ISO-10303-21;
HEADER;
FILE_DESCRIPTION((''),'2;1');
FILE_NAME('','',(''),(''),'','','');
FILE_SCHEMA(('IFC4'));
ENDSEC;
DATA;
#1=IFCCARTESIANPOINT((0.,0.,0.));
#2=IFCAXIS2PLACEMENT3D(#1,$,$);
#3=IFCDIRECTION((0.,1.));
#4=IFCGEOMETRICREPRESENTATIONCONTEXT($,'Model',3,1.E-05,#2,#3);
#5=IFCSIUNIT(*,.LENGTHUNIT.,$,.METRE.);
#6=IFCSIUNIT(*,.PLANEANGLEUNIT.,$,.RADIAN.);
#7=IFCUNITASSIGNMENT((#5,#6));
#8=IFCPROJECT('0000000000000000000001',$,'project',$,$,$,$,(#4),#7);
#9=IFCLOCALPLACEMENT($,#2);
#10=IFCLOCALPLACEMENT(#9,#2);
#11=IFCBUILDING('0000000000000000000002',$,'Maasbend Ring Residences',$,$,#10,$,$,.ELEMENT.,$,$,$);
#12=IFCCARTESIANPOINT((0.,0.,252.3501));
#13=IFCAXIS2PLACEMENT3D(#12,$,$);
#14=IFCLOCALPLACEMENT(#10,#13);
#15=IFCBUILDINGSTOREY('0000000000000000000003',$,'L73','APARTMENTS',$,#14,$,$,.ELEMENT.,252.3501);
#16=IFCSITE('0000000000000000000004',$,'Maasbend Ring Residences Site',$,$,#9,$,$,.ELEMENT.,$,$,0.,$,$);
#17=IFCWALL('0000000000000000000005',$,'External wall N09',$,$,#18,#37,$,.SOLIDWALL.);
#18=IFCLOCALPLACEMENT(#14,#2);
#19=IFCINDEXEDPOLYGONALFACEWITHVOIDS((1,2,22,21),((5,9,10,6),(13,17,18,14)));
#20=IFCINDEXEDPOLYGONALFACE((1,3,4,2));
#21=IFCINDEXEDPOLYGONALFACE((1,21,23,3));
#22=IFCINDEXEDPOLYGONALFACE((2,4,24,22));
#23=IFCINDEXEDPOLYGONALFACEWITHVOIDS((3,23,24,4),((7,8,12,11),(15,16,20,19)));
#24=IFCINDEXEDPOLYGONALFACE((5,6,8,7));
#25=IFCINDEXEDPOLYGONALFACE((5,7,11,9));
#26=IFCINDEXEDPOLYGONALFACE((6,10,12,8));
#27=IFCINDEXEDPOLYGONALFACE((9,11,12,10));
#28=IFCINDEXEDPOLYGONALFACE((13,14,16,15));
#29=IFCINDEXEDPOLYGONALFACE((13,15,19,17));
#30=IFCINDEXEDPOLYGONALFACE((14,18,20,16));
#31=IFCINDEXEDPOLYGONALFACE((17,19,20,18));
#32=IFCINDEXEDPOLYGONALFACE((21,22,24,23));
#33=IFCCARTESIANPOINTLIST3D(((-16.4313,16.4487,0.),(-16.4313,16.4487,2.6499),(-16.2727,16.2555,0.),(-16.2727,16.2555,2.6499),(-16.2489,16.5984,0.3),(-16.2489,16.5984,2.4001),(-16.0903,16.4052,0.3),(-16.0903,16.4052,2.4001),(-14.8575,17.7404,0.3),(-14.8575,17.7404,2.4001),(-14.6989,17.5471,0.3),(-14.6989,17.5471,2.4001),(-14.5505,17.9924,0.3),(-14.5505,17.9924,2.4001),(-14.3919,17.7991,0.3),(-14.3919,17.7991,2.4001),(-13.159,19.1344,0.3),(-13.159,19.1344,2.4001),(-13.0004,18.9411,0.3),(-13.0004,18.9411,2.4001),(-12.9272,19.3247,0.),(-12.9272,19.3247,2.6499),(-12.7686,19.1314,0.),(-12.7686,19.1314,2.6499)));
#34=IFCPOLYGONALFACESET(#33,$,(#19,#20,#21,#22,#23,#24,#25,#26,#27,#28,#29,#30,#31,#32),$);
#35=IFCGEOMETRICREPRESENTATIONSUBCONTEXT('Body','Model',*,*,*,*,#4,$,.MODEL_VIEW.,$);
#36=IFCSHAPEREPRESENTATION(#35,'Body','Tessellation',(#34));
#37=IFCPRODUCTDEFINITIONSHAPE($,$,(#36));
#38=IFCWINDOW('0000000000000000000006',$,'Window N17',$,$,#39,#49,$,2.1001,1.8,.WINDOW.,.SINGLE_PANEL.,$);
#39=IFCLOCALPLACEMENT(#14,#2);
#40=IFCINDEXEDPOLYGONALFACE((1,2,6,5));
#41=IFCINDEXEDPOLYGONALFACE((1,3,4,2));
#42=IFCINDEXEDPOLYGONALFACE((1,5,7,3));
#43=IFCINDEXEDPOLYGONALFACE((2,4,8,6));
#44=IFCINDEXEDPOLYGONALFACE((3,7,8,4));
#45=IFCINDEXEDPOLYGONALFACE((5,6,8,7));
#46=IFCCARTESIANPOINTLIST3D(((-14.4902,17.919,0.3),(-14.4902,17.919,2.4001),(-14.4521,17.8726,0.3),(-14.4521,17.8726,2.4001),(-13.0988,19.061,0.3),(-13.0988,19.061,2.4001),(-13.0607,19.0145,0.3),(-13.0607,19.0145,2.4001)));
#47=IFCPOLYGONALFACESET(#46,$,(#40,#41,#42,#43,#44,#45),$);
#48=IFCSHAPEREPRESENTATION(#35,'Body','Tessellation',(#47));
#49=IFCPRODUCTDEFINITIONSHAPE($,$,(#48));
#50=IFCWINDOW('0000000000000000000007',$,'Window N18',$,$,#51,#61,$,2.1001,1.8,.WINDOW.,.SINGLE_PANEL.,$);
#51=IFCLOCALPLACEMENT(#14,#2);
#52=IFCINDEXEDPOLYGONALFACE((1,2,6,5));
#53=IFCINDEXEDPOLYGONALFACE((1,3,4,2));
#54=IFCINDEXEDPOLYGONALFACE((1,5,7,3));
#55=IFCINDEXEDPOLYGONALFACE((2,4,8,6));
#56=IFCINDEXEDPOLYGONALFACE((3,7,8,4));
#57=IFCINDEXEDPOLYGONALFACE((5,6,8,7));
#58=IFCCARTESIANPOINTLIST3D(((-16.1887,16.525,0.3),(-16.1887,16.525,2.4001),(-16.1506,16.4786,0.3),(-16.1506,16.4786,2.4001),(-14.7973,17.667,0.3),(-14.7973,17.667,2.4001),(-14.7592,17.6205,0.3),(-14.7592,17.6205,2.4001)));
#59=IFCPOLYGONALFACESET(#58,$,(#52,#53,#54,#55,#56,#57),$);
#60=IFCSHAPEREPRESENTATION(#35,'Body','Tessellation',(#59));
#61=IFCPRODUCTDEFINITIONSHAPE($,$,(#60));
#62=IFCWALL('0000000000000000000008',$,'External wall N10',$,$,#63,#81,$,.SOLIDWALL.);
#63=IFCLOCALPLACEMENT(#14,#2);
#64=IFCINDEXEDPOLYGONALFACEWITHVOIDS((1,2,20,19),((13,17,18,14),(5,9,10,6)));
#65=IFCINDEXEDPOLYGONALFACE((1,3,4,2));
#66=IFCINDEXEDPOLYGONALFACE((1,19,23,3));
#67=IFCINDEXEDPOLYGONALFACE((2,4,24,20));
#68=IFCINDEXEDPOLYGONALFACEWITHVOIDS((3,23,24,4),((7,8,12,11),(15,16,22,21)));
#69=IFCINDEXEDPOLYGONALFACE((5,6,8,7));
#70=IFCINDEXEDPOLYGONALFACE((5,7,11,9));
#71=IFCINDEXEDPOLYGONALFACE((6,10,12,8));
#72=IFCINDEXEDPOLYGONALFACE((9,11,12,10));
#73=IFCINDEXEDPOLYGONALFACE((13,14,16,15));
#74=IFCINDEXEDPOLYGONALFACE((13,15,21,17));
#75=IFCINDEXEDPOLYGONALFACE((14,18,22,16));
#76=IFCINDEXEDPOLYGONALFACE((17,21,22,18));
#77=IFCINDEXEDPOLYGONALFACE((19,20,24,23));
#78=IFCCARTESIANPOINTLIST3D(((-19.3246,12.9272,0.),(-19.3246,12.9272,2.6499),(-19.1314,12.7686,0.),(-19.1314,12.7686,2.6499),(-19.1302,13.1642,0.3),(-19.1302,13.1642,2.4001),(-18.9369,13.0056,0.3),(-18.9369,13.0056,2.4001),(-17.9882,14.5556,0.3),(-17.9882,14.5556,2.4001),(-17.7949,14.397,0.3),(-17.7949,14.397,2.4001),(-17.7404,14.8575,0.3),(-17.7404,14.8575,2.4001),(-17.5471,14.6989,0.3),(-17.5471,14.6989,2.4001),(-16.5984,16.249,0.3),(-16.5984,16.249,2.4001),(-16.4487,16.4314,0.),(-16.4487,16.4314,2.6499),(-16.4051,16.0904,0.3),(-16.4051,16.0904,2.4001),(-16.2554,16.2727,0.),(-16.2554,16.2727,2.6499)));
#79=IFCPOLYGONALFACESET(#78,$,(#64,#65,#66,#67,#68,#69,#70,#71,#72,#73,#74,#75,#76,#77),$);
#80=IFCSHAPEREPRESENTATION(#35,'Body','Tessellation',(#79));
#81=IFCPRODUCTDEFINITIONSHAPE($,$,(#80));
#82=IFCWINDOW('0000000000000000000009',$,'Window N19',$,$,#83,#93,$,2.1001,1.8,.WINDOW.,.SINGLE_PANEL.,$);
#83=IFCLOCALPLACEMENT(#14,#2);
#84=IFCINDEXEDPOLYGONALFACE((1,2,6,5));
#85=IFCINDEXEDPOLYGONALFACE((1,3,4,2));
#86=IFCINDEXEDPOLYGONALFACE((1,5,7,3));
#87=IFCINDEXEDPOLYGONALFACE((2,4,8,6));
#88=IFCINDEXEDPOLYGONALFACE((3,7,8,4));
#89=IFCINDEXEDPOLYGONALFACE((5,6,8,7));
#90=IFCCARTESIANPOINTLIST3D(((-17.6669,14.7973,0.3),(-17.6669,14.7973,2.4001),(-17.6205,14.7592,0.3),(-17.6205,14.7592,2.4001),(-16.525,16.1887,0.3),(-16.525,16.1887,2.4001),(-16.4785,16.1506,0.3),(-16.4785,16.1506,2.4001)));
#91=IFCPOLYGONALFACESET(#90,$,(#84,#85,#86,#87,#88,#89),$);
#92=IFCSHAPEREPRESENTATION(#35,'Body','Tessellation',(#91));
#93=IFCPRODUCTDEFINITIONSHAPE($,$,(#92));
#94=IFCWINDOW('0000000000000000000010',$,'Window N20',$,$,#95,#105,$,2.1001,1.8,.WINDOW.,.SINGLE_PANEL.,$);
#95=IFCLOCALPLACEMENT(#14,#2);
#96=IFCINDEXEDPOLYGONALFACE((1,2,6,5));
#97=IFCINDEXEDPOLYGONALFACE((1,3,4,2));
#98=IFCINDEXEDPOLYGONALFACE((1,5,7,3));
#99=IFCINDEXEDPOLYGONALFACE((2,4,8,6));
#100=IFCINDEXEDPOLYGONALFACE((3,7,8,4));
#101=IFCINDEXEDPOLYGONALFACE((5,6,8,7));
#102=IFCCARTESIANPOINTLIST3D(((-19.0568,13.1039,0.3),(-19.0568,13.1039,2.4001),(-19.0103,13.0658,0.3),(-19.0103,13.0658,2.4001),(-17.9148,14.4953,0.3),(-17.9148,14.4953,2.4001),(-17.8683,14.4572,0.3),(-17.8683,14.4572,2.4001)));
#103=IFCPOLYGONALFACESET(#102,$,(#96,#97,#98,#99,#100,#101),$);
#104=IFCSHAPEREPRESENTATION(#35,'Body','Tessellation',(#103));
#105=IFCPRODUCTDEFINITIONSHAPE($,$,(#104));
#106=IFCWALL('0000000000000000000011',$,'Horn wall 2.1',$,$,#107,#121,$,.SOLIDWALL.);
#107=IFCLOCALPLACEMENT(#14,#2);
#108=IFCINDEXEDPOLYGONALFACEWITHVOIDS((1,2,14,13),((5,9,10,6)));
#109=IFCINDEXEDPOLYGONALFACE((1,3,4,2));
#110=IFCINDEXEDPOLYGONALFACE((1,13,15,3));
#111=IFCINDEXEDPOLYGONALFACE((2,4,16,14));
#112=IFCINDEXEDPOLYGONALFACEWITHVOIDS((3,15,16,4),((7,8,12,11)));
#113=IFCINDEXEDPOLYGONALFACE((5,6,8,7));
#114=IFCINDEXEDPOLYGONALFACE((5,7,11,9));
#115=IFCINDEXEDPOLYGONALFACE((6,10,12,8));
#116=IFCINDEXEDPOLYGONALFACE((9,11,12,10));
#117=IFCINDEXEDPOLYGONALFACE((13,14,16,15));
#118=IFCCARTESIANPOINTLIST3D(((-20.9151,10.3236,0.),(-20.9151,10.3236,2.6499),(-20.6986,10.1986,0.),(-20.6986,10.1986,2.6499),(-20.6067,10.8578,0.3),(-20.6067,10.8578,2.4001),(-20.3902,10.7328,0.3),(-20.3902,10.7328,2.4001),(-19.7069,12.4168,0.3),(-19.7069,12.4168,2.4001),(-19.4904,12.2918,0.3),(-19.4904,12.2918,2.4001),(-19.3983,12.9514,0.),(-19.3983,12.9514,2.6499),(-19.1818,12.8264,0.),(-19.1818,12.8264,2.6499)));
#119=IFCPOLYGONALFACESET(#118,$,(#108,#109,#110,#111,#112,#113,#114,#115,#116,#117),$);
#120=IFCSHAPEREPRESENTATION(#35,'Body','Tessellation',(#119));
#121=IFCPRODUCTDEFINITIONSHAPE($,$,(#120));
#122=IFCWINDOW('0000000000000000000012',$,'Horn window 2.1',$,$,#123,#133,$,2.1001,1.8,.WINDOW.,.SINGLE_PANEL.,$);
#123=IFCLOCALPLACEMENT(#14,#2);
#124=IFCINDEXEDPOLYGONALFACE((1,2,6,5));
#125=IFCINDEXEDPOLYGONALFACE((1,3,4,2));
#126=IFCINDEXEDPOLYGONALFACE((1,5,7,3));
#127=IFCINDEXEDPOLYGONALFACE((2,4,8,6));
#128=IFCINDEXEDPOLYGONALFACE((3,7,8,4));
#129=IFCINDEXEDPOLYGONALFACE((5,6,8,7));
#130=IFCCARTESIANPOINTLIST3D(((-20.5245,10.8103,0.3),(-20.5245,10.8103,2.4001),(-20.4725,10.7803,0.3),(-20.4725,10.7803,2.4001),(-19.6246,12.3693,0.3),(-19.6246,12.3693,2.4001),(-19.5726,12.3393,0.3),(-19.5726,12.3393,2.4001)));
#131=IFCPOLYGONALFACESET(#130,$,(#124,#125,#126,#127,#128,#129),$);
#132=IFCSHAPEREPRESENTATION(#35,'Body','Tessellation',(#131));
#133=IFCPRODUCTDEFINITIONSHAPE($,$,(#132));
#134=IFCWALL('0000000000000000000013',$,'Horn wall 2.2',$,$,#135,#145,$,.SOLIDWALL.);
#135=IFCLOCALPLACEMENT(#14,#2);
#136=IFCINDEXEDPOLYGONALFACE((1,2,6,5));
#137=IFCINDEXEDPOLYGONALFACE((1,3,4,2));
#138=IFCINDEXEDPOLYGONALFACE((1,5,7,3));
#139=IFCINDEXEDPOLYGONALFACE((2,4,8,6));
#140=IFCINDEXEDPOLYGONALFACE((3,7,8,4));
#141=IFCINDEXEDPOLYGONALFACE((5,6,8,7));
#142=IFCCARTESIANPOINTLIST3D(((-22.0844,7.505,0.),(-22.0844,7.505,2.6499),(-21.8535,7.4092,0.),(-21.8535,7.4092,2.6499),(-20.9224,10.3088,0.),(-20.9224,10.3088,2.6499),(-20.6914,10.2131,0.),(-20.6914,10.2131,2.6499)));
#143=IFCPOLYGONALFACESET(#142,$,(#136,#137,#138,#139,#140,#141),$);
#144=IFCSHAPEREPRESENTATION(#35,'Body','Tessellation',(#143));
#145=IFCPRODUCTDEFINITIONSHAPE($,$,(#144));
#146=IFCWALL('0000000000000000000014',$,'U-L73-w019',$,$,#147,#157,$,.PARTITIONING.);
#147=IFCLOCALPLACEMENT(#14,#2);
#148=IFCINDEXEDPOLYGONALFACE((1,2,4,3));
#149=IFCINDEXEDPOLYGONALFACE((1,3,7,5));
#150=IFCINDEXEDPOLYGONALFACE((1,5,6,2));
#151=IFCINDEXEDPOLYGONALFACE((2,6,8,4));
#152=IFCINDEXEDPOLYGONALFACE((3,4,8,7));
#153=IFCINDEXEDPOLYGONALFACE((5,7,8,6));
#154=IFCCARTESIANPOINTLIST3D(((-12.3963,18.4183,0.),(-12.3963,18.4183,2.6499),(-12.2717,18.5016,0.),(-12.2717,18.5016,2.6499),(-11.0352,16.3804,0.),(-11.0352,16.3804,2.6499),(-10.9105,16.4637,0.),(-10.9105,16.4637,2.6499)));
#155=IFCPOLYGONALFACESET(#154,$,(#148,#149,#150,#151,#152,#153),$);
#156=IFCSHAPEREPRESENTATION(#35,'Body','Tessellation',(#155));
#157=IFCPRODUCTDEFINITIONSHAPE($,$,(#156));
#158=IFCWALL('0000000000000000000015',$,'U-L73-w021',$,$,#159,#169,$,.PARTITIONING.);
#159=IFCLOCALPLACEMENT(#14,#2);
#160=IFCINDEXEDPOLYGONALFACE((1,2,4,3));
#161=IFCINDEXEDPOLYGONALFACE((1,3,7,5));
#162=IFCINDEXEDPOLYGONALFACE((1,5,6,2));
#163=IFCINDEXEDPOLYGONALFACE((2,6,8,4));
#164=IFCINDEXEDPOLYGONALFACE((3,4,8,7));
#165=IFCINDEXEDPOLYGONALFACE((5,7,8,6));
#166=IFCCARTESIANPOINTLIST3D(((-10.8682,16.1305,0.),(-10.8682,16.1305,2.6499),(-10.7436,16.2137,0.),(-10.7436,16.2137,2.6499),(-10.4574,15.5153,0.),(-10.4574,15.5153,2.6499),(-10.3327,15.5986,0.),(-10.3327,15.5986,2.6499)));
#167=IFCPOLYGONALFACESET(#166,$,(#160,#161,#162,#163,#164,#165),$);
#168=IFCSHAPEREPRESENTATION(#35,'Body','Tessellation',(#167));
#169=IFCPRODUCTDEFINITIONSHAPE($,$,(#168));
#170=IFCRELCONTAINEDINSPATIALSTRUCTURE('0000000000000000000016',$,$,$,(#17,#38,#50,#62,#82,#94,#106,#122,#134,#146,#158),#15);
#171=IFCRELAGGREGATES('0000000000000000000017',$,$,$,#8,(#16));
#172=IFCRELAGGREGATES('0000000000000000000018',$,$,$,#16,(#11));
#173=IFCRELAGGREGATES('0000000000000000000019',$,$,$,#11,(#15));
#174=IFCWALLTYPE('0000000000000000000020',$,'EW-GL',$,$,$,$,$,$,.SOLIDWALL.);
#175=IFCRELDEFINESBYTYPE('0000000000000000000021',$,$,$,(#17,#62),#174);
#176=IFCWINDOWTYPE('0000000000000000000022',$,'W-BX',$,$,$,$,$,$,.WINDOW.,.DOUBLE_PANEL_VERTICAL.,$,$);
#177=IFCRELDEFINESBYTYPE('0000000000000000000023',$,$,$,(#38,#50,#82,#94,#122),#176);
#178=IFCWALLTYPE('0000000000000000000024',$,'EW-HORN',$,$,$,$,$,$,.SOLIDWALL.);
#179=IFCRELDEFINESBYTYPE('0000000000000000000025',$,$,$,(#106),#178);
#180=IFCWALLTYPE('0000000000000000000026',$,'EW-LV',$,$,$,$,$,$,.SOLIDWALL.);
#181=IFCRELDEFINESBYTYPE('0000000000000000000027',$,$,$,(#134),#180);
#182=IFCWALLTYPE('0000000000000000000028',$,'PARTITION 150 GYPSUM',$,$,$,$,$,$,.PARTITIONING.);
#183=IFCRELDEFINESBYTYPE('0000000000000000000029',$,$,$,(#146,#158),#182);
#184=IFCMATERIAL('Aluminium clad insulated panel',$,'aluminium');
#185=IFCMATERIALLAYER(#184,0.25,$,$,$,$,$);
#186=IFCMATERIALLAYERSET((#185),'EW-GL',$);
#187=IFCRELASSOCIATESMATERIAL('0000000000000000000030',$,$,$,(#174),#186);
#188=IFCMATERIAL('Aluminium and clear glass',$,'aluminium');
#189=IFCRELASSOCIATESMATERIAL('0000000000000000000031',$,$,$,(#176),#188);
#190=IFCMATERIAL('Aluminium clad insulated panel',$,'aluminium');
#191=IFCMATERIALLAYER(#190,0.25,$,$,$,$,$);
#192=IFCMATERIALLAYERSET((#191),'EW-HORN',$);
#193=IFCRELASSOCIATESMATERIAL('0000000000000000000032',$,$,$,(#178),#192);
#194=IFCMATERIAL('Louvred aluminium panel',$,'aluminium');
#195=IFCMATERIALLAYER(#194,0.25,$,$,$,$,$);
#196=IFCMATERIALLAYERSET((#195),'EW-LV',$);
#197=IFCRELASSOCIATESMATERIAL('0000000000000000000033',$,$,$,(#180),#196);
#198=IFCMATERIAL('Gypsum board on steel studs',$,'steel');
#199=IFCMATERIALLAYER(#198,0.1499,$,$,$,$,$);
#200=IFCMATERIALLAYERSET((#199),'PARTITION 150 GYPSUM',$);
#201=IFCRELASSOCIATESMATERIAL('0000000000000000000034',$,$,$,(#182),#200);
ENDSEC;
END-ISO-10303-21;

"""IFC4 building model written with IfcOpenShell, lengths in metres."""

from ifc_helpers import new_model, si_unit, direction, frame, frame_2d, origin, place, context, subcontext, project, spatial, rectangle, extrude, material, layer, layer_set, type_object, element, fill, save


model = new_model("IFC4")

# Units and contexts
model_context = context("Model", 3, precision=1e-05, world=origin(), true_north=direction((0.0, 1.0)))
body_context = subcontext(model_context, "Body", "Model", "MODEL_VIEW")
ifc_project = project(units=[si_unit("LENGTHUNIT", "METRE"), si_unit("PLANEANGLEUNIT", "RADIAN")], contexts=[model_context])

# Site, building, storey
site_placement = place(None, origin())
site = spatial("IfcSite", under=ifc_project, at=site_placement, Name="Maasbend Ring Residences Site", CompositionType="ELEMENT", RefElevation=0.0)
building_placement = place(site_placement, origin())
building = spatial("IfcBuilding", under=site, at=building_placement, Name="Maasbend Ring Residences", CompositionType="ELEMENT")
storey_placement = place(building_placement, frame((0.0, 0.0, 252.3501)))
storey = spatial("IfcBuildingStorey", under=building, at=storey_placement, Name="L73", Description="APARTMENTS", CompositionType="ELEMENT", Elevation=252.3501)

# Walls, openings, windows
ifc_material_1 = material(Name="Aluminium clad insulated panel", Category="aluminium")
ifc_layer_1 = layer(ifc_material_1, 0.25)
ifc_layer_set_1 = layer_set([ifc_layer_1], Name="EW-GL")
wall_type_1 = type_object("IfcWallType", Name="EW-GL", PredefinedType="SOLIDWALL", material=ifc_layer_set_1)
ifc_material_2 = material(Name="Aluminium and clear glass", Category="aluminium")
window_type = type_object("IfcWindowType", Name="W-BX", PartitioningType="DOUBLE_PANEL_VERTICAL", PredefinedType="WINDOW", material=ifc_material_2)
wall_1_placement = place(storey_placement, frame((-12.8479, 19.228, 0.0), z_axis=(0.0, 0.0, 1.0), x_axis=(-0.772989, -0.634419, 0.0)))
wall_1 = element("IfcWall", 1, at=wall_1_placement, inside=storey, type_object=wall_type_1, Name="External wall N09", PredefinedType="SOLIDWALL", context=body_context, shape_type="SweptSolid", body=[
    extrude(rectangle(XDim=4.5332, YDim=0.25, at=frame_2d((2.2666, 0.0))), origin(), (0.0, 0.0, 1.0), 2.6499),
])
opening_1_placement = place(wall_1_placement, frame((0.3, 0.0, 0.3)))
opening_1 = element("IfcOpeningElement", 2, at=opening_1_placement, cuts=wall_1, PredefinedType="OPENING", context=body_context, shape_type="SweptSolid", body=[
    extrude(rectangle(XDim=1.8, YDim=2.1001, at=frame_2d((0.8999, 1.05))), frame((0.0, 0.135, 0.0), z_axis=(0.0, -1.0, 0.0), x_axis=(1.0, 0.0, 0.0)), (0.0, 0.0, 1.0), 0.27),
])
opening_2_placement = place(wall_1_placement, frame((2.4973, 0.0, 0.3)))
opening_2 = element("IfcOpeningElement", 3, at=opening_2_placement, cuts=wall_1, PredefinedType="OPENING", context=body_context, shape_type="SweptSolid", body=[
    extrude(rectangle(XDim=1.8, YDim=2.1001, at=frame_2d((0.8999, 1.05))), frame((0.0, 0.135, 0.0), z_axis=(0.0, -1.0, 0.0), x_axis=(1.0, 0.0, 0.0)), (0.0, 0.0, 1.0), 0.27),
])
window_1_placement = place(opening_1_placement, origin())
window_1 = element("IfcWindow", 4, at=window_1_placement, inside=storey, type_object=window_type, Name="Window N17", OverallHeight=2.1001, OverallWidth=1.8, PartitioningType="SINGLE_PANEL", PredefinedType="WINDOW", context=body_context, shape_type="SweptSolid", body=[
    extrude(rectangle(XDim=1.8, YDim=2.1001, at=frame_2d((0.8999, 1.05))), frame((0.0, 0.03, 0.0), z_axis=(0.0, -1.0, 0.0), x_axis=(1.0, 0.0, 0.0)), (0.0, 0.0, 1.0), 0.0601),
])
fill(opening_1, window_1)
window_2_placement = place(opening_2_placement, origin())
window_2 = element("IfcWindow", 5, at=window_2_placement, inside=storey, type_object=window_type, Name="Window N18", OverallHeight=2.1001, OverallWidth=1.8, PartitioningType="SINGLE_PANEL", PredefinedType="WINDOW", context=body_context, shape_type="SweptSolid", body=[
    extrude(rectangle(XDim=1.8, YDim=2.1001, at=frame_2d((0.8999, 1.05))), frame((0.0, 0.03, 0.0), z_axis=(0.0, -1.0, 0.0), x_axis=(1.0, 0.0, 0.0)), (0.0, 0.0, 1.0), 0.0601),
])
fill(opening_2, window_2)
wall_2_placement = place(storey_placement, frame((-16.3521, 16.3521, 0.0), z_axis=(0.0, 0.0, 1.0), x_axis=(-0.634419, -0.772989, 0.0)))
wall_2 = element("IfcWall", 6, at=wall_2_placement, inside=storey, type_object=wall_type_1, Name="External wall N10", PredefinedType="SOLIDWALL", context=body_context, shape_type="SweptSolid", body=[
    extrude(rectangle(XDim=4.5332, YDim=0.25, at=frame_2d((2.2666, 0.0))), origin(), (0.0, 0.0, 1.0), 2.6499),
])
opening_3_placement = place(wall_2_placement, frame((0.2361, 0.0, 0.3)))
opening_3 = element("IfcOpeningElement", 7, at=opening_3_placement, cuts=wall_2, PredefinedType="OPENING", context=body_context, shape_type="SweptSolid", body=[
    extrude(rectangle(XDim=1.8, YDim=2.1001, at=frame_2d((0.8999, 1.05))), frame((0.0, 0.135, 0.0), z_axis=(0.0, -1.0, 0.0), x_axis=(1.0, 0.0, 0.0)), (0.0, 0.0, 1.0), 0.27),
])
opening_4_placement = place(wall_2_placement, frame((2.4268, 0.0, 0.3)))
opening_4 = element("IfcOpeningElement", 8, at=opening_4_placement, cuts=wall_2, PredefinedType="OPENING", context=body_context, shape_type="SweptSolid", body=[
    extrude(rectangle(XDim=1.8, YDim=2.1001, at=frame_2d((0.8999, 1.05))), frame((0.0, 0.135, 0.0), z_axis=(0.0, -1.0, 0.0), x_axis=(1.0, 0.0, 0.0)), (0.0, 0.0, 1.0), 0.27),
])
window_3_placement = place(opening_3_placement, origin())
window_3 = element("IfcWindow", 9, at=window_3_placement, inside=storey, type_object=window_type, Name="Window N19", OverallHeight=2.1001, OverallWidth=1.8, PartitioningType="SINGLE_PANEL", PredefinedType="WINDOW", context=body_context, shape_type="SweptSolid", body=[
    extrude(rectangle(XDim=1.8, YDim=2.1001, at=frame_2d((0.8999, 1.05))), frame((0.0, 0.03, 0.0), z_axis=(0.0, -1.0, 0.0), x_axis=(1.0, 0.0, 0.0)), (0.0, 0.0, 1.0), 0.0601),
])
fill(opening_3, window_3)
window_4_placement = place(opening_4_placement, origin())
window_4 = element("IfcWindow", 10, at=window_4_placement, inside=storey, type_object=window_type, Name="Window N20", OverallHeight=2.1001, OverallWidth=1.8, PartitioningType="SINGLE_PANEL", PredefinedType="WINDOW", context=body_context, shape_type="SweptSolid", body=[
    extrude(rectangle(XDim=1.8, YDim=2.1001, at=frame_2d((0.8999, 1.05))), frame((0.0, 0.03, 0.0), z_axis=(0.0, -1.0, 0.0), x_axis=(1.0, 0.0, 0.0)), (0.0, 0.0, 1.0), 0.0601),
])
fill(opening_4, window_4)

# Wall, opening, window
ifc_material_3 = material(Name="Aluminium clad insulated panel", Category="aluminium")
ifc_layer_2 = layer(ifc_material_3, 0.25)
ifc_layer_set_2 = layer_set([ifc_layer_2], Name="EW-HORN")
wall_type_2 = type_object("IfcWallType", Name="EW-HORN", PredefinedType="SOLIDWALL", material=ifc_layer_set_2)
wall_3_placement = place(storey_placement, frame((-19.29, 12.8889, 0.0), z_axis=(0.0, 0.0, 1.0), x_axis=(-0.499904, -0.866081, 0.0)))
wall_3 = element("IfcWall", 11, at=wall_3_placement, inside=storey, type_object=wall_type_2, Name="Horn wall 2.1", PredefinedType="SOLIDWALL", context=body_context, shape_type="SweptSolid", body=[
    extrude(rectangle(XDim=3.0342, YDim=0.25, at=frame_2d((1.5171, 0.0))), origin(), (0.0, 0.0, 1.0), 2.6499),
])
opening_5_placement = place(wall_3_placement, frame((0.6174, 0.0, 0.3)))
opening_5 = element("IfcOpeningElement", 12, at=opening_5_placement, cuts=wall_3, PredefinedType="OPENING", context=body_context, shape_type="SweptSolid", body=[
    extrude(rectangle(XDim=1.8, YDim=2.1001, at=frame_2d((0.8999, 1.05))), frame((0.0, 0.135, 0.0), z_axis=(0.0, -1.0, 0.0), x_axis=(1.0, 0.0, 0.0)), (0.0, 0.0, 1.0), 0.27),
])
window_5_placement = place(opening_5_placement, origin())
window_5 = element("IfcWindow", 13, at=window_5_placement, inside=storey, type_object=window_type, Name="Horn window 2.1", OverallHeight=2.1001, OverallWidth=1.8, PartitioningType="SINGLE_PANEL", PredefinedType="WINDOW", context=body_context, shape_type="SweptSolid", body=[
    extrude(rectangle(XDim=1.8, YDim=2.1001, at=frame_2d((0.8999, 1.05))), frame((0.0, 0.03, 0.0), z_axis=(0.0, -1.0, 0.0), x_axis=(1.0, 0.0, 0.0)), (0.0, 0.0, 1.0), 0.0601),
])
fill(opening_5, window_5)

# Walls
ifc_material_4 = material(Name="Louvred aluminium panel", Category="aluminium")
ifc_layer_3 = layer(ifc_material_4, 0.25)
ifc_layer_set_3 = layer_set([ifc_layer_3], Name="EW-LV")
wall_type_3 = type_object("IfcWallType", Name="EW-LV", PredefinedType="SOLIDWALL", material=ifc_layer_set_3)
wall_4_placement = place(storey_placement, frame((-20.8069, 10.261, 0.0), z_axis=(0.0, 0.0, 1.0), x_axis=(-0.382873, -0.923801, 0.0)))
element("IfcWall", 14, at=wall_4_placement, inside=storey, type_object=wall_type_3, Name="Horn wall 2.2", PredefinedType="SOLIDWALL", context=body_context, shape_type="SweptSolid", body=[
    extrude(rectangle(XDim=3.0352, YDim=0.25, at=frame_2d((1.5176, 0.0))), origin(), (0.0, 0.0, 1.0), 2.6499),
])
ifc_material_5 = material(Name="Gypsum board on steel studs", Category="steel")
ifc_layer_4 = layer(ifc_material_5, 0.1499)
ifc_layer_set_4 = layer_set([ifc_layer_4], Name="PARTITION 150 GYPSUM")
wall_type_4 = type_object("IfcWallType", Name="PARTITION 150 GYPSUM", PredefinedType="PARTITIONING", material=ifc_layer_set_4)
wall_5_placement = place(storey_placement, frame((-12.334, 18.46, 0.0), z_axis=(0.0, 0.0, 1.0), x_axis=(0.555413, -0.831575, 0.0)))
element("IfcWall", 15, at=wall_5_placement, inside=storey, type_object=wall_type_4, Name="U-L73-w019", PredefinedType="PARTITIONING", context=body_context, shape_type="SweptSolid", body=[
    extrude(rectangle(XDim=2.4507, YDim=0.1499, at=frame_2d((1.2253, 0.0))), origin(), (0.0, 0.0, 1.0), 2.6499),
])
wall_6_placement = place(storey_placement, frame((-10.8059, 16.1721, 0.0), z_axis=(0.0, 0.0, 1.0), x_axis=(0.555385, -0.831593, 0.0)))
element("IfcWall", 16, at=wall_6_placement, inside=storey, type_object=wall_type_4, Name="U-L73-w021", PredefinedType="PARTITIONING", context=body_context, shape_type="SweptSolid", body=[
    extrude(rectangle(XDim=0.7397, YDim=0.1499, at=frame_2d((0.3699, 0.0))), origin(), (0.0, 0.0, 1.0), 2.6499),
])

save(model, "model.ifc")
